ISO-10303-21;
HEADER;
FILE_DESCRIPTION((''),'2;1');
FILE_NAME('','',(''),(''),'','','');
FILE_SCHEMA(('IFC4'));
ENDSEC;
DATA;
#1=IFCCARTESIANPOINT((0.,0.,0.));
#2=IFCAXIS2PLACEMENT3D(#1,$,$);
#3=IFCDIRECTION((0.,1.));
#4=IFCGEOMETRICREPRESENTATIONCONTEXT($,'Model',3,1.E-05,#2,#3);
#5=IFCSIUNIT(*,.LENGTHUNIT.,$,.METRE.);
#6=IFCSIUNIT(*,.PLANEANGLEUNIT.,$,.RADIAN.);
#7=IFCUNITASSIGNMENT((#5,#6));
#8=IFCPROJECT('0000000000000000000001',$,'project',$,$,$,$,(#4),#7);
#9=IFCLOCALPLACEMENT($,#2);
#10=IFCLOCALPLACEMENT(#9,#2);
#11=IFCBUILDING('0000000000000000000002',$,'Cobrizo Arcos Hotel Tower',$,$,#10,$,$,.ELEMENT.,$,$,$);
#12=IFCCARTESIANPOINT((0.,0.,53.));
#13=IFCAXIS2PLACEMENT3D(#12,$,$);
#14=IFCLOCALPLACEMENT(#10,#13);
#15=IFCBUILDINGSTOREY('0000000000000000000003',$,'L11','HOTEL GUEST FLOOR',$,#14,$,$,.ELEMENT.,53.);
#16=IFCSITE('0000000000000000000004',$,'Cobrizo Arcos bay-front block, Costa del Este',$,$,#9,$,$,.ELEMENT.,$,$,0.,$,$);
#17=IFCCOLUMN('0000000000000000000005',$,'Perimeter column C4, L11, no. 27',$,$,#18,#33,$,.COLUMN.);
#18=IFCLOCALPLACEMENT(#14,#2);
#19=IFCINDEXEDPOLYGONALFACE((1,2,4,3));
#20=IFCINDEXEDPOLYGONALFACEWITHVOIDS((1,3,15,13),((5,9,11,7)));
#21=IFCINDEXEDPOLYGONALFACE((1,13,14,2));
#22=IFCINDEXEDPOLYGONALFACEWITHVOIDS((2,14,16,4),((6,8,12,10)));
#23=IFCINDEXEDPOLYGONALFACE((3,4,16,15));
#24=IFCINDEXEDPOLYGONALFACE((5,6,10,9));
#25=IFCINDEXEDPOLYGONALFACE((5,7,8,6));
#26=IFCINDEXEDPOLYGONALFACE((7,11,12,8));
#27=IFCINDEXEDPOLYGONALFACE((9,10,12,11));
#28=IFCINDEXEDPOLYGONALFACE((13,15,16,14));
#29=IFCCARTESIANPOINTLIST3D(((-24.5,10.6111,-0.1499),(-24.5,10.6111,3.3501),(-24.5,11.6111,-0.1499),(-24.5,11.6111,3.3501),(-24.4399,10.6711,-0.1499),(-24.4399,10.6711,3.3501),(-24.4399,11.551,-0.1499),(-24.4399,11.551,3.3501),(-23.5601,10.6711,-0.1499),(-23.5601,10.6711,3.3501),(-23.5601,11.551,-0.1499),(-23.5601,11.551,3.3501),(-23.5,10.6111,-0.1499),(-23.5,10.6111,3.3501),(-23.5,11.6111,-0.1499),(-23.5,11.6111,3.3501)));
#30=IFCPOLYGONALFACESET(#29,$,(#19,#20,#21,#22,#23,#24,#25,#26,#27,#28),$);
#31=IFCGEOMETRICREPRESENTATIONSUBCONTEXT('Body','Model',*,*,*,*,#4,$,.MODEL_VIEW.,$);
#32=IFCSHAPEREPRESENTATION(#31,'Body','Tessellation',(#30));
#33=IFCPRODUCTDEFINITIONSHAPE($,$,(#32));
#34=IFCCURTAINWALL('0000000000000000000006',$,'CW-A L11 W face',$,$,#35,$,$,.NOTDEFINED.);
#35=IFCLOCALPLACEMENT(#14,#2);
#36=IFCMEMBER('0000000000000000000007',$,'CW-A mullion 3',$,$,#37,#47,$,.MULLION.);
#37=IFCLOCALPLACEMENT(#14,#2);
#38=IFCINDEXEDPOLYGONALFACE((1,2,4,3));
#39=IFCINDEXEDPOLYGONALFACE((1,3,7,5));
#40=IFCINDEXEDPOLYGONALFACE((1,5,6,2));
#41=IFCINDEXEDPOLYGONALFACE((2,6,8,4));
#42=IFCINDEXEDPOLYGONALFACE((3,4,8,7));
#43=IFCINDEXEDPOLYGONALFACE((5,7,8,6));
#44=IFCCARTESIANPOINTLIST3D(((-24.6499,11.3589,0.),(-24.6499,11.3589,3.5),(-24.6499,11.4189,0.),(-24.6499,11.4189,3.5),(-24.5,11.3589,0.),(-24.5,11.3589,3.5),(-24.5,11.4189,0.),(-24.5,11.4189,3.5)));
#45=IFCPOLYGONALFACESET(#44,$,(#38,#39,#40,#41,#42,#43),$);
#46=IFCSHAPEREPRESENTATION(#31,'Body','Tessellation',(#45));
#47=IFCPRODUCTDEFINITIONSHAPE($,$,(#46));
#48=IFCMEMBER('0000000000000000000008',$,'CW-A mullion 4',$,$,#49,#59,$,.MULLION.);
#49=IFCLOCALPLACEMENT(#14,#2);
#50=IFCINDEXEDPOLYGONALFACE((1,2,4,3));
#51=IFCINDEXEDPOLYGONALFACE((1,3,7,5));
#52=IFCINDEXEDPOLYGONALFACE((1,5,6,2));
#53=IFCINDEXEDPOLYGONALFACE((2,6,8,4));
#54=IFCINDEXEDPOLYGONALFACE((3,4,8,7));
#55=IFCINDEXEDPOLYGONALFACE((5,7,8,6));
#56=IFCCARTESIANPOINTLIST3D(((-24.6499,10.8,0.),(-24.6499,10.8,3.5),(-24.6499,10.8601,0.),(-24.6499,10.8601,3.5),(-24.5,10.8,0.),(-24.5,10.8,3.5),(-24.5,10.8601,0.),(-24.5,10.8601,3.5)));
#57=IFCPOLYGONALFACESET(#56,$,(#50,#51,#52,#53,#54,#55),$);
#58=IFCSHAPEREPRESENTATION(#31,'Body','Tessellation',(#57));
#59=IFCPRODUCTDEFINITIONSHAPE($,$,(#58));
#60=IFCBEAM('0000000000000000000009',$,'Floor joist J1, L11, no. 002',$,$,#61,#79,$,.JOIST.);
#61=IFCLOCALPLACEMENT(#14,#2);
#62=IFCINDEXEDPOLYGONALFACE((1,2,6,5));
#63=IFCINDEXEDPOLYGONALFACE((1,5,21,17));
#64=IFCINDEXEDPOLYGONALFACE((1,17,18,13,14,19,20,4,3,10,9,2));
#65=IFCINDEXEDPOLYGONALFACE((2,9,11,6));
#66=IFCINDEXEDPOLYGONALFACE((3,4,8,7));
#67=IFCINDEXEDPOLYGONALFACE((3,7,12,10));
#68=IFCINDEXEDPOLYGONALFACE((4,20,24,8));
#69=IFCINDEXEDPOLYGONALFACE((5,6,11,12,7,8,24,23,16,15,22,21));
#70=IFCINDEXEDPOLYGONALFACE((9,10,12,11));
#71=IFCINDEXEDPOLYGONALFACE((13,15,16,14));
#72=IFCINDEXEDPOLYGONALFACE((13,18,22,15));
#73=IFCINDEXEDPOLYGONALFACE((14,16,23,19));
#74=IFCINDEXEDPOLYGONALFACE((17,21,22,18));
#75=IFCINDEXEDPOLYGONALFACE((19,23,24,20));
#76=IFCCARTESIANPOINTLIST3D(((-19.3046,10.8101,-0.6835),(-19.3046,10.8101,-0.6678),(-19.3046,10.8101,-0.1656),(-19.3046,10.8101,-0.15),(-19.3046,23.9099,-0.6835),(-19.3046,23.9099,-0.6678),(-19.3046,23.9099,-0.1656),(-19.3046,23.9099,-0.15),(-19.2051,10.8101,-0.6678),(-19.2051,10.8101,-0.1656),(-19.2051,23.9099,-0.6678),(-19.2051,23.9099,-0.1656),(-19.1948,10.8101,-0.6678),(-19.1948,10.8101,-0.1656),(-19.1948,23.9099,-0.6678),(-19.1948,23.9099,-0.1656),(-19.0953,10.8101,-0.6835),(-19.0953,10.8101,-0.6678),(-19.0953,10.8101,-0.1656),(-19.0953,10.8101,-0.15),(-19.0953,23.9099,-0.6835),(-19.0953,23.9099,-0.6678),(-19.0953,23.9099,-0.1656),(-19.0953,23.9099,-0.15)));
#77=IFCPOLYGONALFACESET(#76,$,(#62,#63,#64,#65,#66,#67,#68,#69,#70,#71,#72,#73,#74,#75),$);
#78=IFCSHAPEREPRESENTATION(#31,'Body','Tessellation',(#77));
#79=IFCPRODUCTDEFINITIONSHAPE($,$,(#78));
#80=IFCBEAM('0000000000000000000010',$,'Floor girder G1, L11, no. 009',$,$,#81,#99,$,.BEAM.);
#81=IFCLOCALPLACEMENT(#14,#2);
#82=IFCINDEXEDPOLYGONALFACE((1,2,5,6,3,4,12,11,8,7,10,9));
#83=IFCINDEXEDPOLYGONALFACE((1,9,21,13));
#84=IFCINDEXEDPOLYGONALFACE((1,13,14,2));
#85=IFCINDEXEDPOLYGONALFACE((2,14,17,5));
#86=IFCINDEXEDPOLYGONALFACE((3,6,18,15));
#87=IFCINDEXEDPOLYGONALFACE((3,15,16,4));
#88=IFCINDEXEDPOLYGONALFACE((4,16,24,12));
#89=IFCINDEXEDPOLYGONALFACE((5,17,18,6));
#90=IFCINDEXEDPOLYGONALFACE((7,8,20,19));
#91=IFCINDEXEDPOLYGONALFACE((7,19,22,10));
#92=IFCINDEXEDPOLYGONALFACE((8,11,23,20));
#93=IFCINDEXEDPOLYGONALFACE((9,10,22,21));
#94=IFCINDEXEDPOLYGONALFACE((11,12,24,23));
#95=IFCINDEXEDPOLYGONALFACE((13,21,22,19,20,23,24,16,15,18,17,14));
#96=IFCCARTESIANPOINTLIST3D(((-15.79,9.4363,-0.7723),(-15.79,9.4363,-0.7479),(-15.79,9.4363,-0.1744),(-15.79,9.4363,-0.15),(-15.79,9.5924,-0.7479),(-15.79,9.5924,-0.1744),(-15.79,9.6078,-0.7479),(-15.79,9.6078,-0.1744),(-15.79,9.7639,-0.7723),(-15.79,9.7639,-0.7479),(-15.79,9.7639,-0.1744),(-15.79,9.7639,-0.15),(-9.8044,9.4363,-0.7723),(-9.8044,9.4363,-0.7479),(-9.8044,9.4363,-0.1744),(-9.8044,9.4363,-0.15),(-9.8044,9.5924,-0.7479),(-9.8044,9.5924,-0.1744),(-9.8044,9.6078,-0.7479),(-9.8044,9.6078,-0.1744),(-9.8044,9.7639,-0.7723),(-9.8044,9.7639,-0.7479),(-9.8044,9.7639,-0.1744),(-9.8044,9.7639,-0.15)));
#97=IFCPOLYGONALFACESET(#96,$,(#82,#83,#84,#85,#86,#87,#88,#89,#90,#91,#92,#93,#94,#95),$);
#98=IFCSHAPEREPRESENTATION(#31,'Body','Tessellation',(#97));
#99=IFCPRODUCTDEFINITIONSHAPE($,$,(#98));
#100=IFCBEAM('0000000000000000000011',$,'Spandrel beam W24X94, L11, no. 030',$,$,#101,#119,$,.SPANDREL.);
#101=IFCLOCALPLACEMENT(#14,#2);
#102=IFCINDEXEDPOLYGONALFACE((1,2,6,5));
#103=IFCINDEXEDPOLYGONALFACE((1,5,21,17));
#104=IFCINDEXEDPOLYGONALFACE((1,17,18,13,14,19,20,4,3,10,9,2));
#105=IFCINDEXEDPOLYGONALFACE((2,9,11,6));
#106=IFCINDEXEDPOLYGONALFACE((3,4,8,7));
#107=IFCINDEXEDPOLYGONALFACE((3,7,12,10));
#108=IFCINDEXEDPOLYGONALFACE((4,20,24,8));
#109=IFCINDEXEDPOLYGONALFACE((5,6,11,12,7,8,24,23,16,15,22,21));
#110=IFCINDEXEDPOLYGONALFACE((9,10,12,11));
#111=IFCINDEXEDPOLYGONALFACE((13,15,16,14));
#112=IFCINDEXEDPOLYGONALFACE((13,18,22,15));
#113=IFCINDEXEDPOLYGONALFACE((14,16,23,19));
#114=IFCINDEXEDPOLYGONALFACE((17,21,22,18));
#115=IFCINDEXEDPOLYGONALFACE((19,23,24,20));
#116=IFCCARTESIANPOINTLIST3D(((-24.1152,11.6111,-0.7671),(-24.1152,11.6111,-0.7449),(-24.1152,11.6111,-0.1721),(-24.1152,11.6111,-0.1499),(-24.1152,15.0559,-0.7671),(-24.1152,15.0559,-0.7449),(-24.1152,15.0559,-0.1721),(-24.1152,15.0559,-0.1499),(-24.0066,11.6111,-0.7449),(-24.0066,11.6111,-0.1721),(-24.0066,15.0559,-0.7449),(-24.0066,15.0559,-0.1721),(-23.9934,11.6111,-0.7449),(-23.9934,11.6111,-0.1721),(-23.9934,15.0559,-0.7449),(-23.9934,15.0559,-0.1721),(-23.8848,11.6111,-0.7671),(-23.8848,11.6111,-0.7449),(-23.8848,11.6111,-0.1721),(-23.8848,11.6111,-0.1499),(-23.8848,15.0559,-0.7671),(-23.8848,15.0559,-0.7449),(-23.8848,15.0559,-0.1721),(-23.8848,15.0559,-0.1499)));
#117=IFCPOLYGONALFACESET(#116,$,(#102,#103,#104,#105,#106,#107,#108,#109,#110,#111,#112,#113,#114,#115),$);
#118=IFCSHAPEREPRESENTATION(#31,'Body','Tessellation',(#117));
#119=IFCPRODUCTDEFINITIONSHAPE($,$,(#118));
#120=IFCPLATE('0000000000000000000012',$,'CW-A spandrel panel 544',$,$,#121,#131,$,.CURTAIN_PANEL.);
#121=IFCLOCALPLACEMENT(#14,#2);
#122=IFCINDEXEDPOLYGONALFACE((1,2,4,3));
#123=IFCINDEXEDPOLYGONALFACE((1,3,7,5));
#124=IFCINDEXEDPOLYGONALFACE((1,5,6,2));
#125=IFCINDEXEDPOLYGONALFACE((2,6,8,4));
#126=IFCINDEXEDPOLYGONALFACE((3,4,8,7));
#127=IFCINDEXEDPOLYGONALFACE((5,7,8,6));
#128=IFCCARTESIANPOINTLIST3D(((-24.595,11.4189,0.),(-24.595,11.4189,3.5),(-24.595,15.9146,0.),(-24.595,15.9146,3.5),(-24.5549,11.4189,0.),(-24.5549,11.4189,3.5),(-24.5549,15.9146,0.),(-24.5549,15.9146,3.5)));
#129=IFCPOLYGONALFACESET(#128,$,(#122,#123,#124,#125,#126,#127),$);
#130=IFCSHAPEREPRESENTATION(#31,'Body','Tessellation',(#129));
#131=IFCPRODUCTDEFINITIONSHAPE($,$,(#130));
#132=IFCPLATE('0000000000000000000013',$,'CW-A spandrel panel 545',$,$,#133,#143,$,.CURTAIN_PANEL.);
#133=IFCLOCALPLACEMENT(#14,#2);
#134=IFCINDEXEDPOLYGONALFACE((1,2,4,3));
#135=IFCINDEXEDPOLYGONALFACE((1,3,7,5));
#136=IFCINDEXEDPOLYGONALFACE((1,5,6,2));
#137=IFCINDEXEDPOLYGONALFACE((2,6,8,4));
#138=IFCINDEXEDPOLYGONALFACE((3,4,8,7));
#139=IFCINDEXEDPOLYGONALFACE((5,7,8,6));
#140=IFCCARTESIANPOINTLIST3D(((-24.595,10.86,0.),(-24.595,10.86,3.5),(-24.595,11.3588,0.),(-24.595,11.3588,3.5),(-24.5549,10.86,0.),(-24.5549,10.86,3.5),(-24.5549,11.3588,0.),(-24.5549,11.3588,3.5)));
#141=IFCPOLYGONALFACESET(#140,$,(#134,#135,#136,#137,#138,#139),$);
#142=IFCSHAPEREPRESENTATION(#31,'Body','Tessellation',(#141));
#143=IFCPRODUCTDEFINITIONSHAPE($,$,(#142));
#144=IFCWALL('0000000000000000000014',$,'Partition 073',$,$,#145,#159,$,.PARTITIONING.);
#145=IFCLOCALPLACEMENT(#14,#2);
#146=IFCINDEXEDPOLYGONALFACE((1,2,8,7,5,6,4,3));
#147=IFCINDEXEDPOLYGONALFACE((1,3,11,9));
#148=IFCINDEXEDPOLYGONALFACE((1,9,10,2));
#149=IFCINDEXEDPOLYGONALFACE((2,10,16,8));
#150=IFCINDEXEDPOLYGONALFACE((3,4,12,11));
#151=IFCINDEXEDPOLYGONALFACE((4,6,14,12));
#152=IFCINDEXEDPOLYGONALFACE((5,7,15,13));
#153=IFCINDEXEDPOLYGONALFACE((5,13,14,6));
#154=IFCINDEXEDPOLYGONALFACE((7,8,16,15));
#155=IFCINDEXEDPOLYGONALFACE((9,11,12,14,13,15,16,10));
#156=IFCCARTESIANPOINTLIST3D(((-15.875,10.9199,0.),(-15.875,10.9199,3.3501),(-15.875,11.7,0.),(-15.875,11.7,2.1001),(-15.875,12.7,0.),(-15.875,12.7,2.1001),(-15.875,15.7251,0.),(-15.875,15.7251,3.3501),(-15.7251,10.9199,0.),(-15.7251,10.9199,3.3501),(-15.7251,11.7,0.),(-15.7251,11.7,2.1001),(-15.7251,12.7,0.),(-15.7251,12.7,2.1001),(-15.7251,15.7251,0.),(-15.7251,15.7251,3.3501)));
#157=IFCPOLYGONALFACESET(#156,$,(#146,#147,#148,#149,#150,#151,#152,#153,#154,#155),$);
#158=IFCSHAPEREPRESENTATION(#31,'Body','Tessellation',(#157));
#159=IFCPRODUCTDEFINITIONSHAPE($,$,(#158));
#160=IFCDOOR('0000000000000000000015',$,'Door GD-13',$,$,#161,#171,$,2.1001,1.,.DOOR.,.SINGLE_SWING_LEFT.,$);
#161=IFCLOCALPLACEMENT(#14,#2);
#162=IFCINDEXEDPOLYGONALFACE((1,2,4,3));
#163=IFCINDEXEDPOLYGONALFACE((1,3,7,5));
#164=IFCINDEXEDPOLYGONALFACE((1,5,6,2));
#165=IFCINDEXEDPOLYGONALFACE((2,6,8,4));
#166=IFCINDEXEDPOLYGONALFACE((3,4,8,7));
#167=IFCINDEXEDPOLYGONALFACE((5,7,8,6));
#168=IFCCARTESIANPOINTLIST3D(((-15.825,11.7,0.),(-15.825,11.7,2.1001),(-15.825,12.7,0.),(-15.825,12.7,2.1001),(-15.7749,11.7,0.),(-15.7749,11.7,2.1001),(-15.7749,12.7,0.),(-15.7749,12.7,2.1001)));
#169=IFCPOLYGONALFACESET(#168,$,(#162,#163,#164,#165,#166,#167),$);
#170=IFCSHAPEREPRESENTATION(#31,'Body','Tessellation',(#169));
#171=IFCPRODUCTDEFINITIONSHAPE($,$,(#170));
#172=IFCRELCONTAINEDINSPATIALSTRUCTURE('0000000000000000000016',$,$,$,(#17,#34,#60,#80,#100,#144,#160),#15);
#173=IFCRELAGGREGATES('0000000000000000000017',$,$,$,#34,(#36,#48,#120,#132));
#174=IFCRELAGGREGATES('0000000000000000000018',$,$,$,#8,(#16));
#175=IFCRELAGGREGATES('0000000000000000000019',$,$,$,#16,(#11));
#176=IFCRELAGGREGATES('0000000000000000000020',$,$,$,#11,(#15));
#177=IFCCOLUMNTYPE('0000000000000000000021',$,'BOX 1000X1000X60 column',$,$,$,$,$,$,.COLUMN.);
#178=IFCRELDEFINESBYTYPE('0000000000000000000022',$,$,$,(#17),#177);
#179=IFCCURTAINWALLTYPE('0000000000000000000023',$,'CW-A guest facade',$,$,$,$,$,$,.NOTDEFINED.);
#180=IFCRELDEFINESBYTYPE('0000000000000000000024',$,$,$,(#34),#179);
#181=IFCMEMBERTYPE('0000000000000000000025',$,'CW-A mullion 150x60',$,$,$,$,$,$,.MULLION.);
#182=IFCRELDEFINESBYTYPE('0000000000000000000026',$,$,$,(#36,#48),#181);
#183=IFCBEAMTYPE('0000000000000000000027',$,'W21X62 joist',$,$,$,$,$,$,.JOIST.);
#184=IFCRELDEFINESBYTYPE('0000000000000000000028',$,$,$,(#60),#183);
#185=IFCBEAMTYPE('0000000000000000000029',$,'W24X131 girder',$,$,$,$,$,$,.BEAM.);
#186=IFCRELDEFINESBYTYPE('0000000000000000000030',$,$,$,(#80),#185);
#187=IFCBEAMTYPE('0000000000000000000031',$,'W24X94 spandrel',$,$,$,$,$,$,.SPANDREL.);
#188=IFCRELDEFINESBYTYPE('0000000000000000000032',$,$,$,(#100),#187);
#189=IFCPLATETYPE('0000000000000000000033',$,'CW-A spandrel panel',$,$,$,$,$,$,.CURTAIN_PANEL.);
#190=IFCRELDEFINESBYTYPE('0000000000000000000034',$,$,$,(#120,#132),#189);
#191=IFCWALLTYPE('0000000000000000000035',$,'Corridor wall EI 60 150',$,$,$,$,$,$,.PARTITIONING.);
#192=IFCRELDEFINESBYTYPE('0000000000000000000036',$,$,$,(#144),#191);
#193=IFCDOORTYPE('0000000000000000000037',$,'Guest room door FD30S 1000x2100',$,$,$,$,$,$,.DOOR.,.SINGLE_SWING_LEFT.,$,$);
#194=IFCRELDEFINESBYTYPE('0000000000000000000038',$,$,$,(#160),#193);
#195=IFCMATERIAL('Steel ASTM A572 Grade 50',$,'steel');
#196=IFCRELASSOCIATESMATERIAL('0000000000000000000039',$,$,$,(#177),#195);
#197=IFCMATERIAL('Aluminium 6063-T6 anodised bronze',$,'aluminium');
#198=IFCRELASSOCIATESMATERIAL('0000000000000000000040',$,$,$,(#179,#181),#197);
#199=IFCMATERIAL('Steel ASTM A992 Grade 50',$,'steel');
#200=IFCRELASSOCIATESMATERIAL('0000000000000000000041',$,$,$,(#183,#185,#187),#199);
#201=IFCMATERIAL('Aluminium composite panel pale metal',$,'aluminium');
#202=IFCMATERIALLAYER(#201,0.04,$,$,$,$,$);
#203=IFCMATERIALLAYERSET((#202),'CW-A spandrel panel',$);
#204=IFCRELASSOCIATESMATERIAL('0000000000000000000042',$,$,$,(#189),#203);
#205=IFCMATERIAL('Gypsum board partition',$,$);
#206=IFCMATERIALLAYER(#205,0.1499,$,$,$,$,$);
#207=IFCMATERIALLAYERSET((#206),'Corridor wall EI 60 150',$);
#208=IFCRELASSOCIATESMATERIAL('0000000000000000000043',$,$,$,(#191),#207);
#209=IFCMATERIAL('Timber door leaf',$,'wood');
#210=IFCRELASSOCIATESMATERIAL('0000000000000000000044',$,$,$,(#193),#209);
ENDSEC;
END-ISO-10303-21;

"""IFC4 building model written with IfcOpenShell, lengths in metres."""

from ifc_helpers import new_model, si_unit, direction, frame, frame_2d, origin, origin_2d, place, context, subcontext, project, spatial, rectangle, hollow_rectangle, i_section, extrude, material, layer, layer_set, material_profile, profile_set, type_object, element, fill, aggregate, save


model = new_model("IFC4")

# Units and contexts
model_context = context("Model", 3, precision=1e-05, world=origin(), true_north=direction((0.0, 1.0)))
body_context = subcontext(model_context, "Body", "Model", "MODEL_VIEW")
ifc_project = project(units=[si_unit("LENGTHUNIT", "METRE"), si_unit("PLANEANGLEUNIT", "RADIAN")], contexts=[model_context])

# Site, building, storey
site_placement = place(None, origin())
site = spatial("IfcSite", under=ifc_project, at=site_placement, Name="Cobrizo Arcos bay-front block, Costa del Este", CompositionType="ELEMENT", RefElevation=0.0)
building_placement = place(site_placement, origin())
building = spatial("IfcBuilding", under=site, at=building_placement, Name="Cobrizo Arcos Hotel Tower", CompositionType="ELEMENT")
storey_placement = place(building_placement, frame((0.0, 0.0, 53.0)))
storey = spatial("IfcBuildingStorey", under=building, at=storey_placement, Name="L11", Description="HOTEL GUEST FLOOR", CompositionType="ELEMENT", Elevation=53.0)

# Column
ifc_material_1 = material(Name="Steel ASTM A572 Grade 50", Category="steel")
ifc_material_profile_1 = material_profile(ifc_material_1, hollow_rectangle(XDim=1.0, YDim=1.0, WallThickness=0.0601, at=origin_2d()), Name="BOX 1000X1000X60")
ifc_profile_set_1 = profile_set([ifc_material_profile_1], Name="Steel ASTM A572 Grade 50")
column_type = type_object("IfcColumnType", Name="BOX 1000X1000X60 column", PredefinedType="COLUMN", material=ifc_profile_set_1)
column_placement = place(storey_placement, frame((-24.0, 11.1111, -0.1499), z_axis=(0.0, 0.0, 1.0), x_axis=(1.0, 0.0, 0.0)))
element("IfcColumn", 1, at=column_placement, inside=storey, type_object=column_type, Name="Perimeter column C4, L11, no. 27", PredefinedType="COLUMN", context=body_context, shape_type="SweptSolid", body=[
    extrude(hollow_rectangle(XDim=1.0, YDim=1.0, WallThickness=0.0601, at=origin_2d()), origin(), (0.0, 0.0, 1.0), 3.5),
])

# Curtain wall, members
ifc_material_2 = material(Name="Aluminium 6063-T6 anodised bronze", Category="aluminium")
curtain_wall_type = type_object("IfcCurtainWallType", Name="CW-A guest facade", PredefinedType="NOTDEFINED", material=ifc_material_2)
curtain_wall_placement = place(storey_placement, origin())
curtain_wall = element("IfcCurtainWall", 2, at=curtain_wall_placement, inside=storey, type_object=curtain_wall_type, Name="CW-A L11 W face", PredefinedType="NOTDEFINED")
ifc_material_profile_2 = material_profile(ifc_material_2, rectangle(XDim=0.1499, YDim=0.0601, at=origin_2d()), Name="CW-A mullion 150x60")
ifc_profile_set_2 = profile_set([ifc_material_profile_2], Name="Aluminium 6063-T6 anodised bronze")
member_type = type_object("IfcMemberType", Name="CW-A mullion 150x60", PredefinedType="MULLION", material=ifc_profile_set_2)
member_1_placement = place(storey_placement, frame((-24.575, 11.3889, 0.0), z_axis=(0.0, 0.0, 1.0), x_axis=(-1.0, 0.0, 0.0)))
member_1 = element("IfcMember", 3, at=member_1_placement, type_object=member_type, Name="CW-A mullion 3", PredefinedType="MULLION", context=body_context, shape_type="SweptSolid", body=[
    extrude(rectangle(XDim=0.1499, YDim=0.0601, at=origin_2d()), origin(), (0.0, 0.0, 1.0), 3.5),
])
member_2_placement = place(storey_placement, frame((-24.575, 10.8301, 0.0), z_axis=(0.0, 0.0, 1.0), x_axis=(-1.0, 0.0, 0.0)))
member_2 = element("IfcMember", 4, at=member_2_placement, type_object=member_type, Name="CW-A mullion 4", PredefinedType="MULLION", context=body_context, shape_type="SweptSolid", body=[
    extrude(rectangle(XDim=0.1499, YDim=0.0601, at=origin_2d()), origin(), (0.0, 0.0, 1.0), 3.5),
])

# Beams
ifc_material_3 = material(Name="Steel ASTM A992 Grade 50", Category="steel")
ifc_material_profile_3 = material_profile(ifc_material_3, i_section(OverallWidth=0.2092, OverallDepth=0.5334, WebThickness=0.0103, FlangeThickness=0.0156, at=origin_2d()), Name="W21X62")
ifc_profile_set_3 = profile_set([ifc_material_profile_3], Name="Steel ASTM A992 Grade 50")
beam_type_1 = type_object("IfcBeamType", Name="W21X62 joist", PredefinedType="JOIST", material=ifc_profile_set_3)
beam_1_placement = place(storey_placement, frame((-19.2, 10.8101, -0.4167), z_axis=(0.0, 1.0, 0.0), x_axis=(-1.0, 0.0, 0.0)))
element("IfcBeam", 5, at=beam_1_placement, inside=storey, type_object=beam_type_1, Name="Floor joist J1, L11, no. 002", PredefinedType="JOIST", context=body_context, shape_type="SweptSolid", body=[
    extrude(i_section(OverallWidth=0.2092, OverallDepth=0.5334, WebThickness=0.0103, FlangeThickness=0.0156, at=origin_2d()), origin(), (0.0, 0.0, 1.0), 13.0999),
])
ifc_material_profile_4 = material_profile(ifc_material_3, i_section(OverallWidth=0.3276, OverallDepth=0.6223, WebThickness=0.0154, FlangeThickness=0.0244, at=origin_2d()), Name="W24X131")
ifc_profile_set_4 = profile_set([ifc_material_profile_4], Name="Steel ASTM A992 Grade 50")
beam_type_2 = type_object("IfcBeamType", Name="W24X131 girder", PredefinedType="BEAM", material=ifc_profile_set_4)
beam_2_placement = place(storey_placement, frame((-15.79, 9.6001, -0.4612), z_axis=(1.0, 0.0, 0.0), x_axis=(0.0, 1.0, 0.0)))
element("IfcBeam", 6, at=beam_2_placement, inside=storey, type_object=beam_type_2, Name="Floor girder G1, L11, no. 009", PredefinedType="BEAM", context=body_context, shape_type="SweptSolid", body=[
    extrude(i_section(OverallWidth=0.3276, OverallDepth=0.6223, WebThickness=0.0154, FlangeThickness=0.0244, at=origin_2d()), origin(), (0.0, 0.0, 1.0), 5.9856),
])
ifc_material_profile_5 = material_profile(ifc_material_3, i_section(OverallWidth=0.2305, OverallDepth=0.6172, WebThickness=0.0132, FlangeThickness=0.0222, at=origin_2d()), Name="W24X94")
ifc_profile_set_5 = profile_set([ifc_material_profile_5], Name="Steel ASTM A992 Grade 50")
beam_type_3 = type_object("IfcBeamType", Name="W24X94 spandrel", PredefinedType="SPANDREL", material=ifc_profile_set_5)
beam_3_placement = place(storey_placement, frame((-24.0, 15.0559, -0.4585), z_axis=(0.0, -1.0, 0.0), x_axis=(1.0, 0.0, 0.0)))
element("IfcBeam", 7, at=beam_3_placement, inside=storey, type_object=beam_type_3, Name="Spandrel beam W24X94, L11, no. 030", PredefinedType="SPANDREL", context=body_context, shape_type="SweptSolid", body=[
    extrude(i_section(OverallWidth=0.2305, OverallDepth=0.6172, WebThickness=0.0132, FlangeThickness=0.0222, at=origin_2d()), origin(), (0.0, 0.0, 1.0), 3.4448),
])

# Plates
ifc_material_4 = material(Name="Aluminium composite panel pale metal", Category="aluminium")
ifc_layer_1 = layer(ifc_material_4, 0.04)
ifc_layer_set_1 = layer_set([ifc_layer_1], Name="CW-A spandrel panel")
plate_type = type_object("IfcPlateType", Name="CW-A spandrel panel", PredefinedType="CURTAIN_PANEL", material=ifc_layer_set_1)
plate_1_placement = place(storey_placement, frame((-24.575, 13.6667, 0.0), z_axis=(0.0, 0.0, 1.0), x_axis=(0.0, -1.0, 0.0)))
plate_1 = element("IfcPlate", 8, at=plate_1_placement, type_object=plate_type, Name="CW-A spandrel panel 544", PredefinedType="CURTAIN_PANEL", context=body_context, shape_type="SweptSolid", body=[
    extrude(rectangle(XDim=4.4956, YDim=0.04, at=origin_2d()), origin(), (0.0, 0.0, 1.0), 3.5),
])
plate_2_placement = place(storey_placement, frame((-24.575, 11.1094, 0.0), z_axis=(0.0, 0.0, 1.0), x_axis=(0.0, -1.0, 0.0)))
plate_2 = element("IfcPlate", 9, at=plate_2_placement, type_object=plate_type, Name="CW-A spandrel panel 545", PredefinedType="CURTAIN_PANEL", context=body_context, shape_type="SweptSolid", body=[
    extrude(rectangle(XDim=0.4988, YDim=0.04, at=origin_2d()), origin(), (0.0, 0.0, 1.0), 3.5),
])
aggregate(curtain_wall, [member_1, member_2, plate_1, plate_2])

# Wall, opening, door
ifc_material_5 = material(Name="Gypsum board partition")
ifc_layer_2 = layer(ifc_material_5, 0.1499)
ifc_layer_set_2 = layer_set([ifc_layer_2], Name="Corridor wall EI 60 150")
wall_type_1 = type_object("IfcWallType", Name="Corridor wall EI 60 150", PredefinedType="PARTITIONING", material=ifc_layer_set_2)
wall_1_placement = place(storey_placement, frame((-15.8, 10.9199, 0.0), z_axis=(0.0, 0.0, 1.0), x_axis=(0.0, 1.0, 0.0)))
wall_1 = element("IfcWall", 10, at=wall_1_placement, inside=storey, type_object=wall_type_1, Name="Partition 073", PredefinedType="PARTITIONING", context=body_context, shape_type="SweptSolid", body=[
    extrude(rectangle(XDim=4.8052, YDim=0.1499, at=frame_2d((2.4026, 0.0))), origin(), (0.0, 0.0, 1.0), 3.3501),
])
opening_1_placement = place(wall_1_placement, frame((0.78, 0.0, 0.0)))
opening_1 = element("IfcOpeningElement", 11, at=opening_1_placement, cuts=wall_1, PredefinedType="OPENING", context=body_context, shape_type="SweptSolid", body=[
    extrude(rectangle(XDim=1.0, YDim=2.1001, at=frame_2d((0.5, 1.05))), frame((0.0, 0.0869, 0.0), z_axis=(0.0, -1.0, 0.0), x_axis=(1.0, 0.0, 0.0)), (0.0, 0.0, 1.0), 0.1738),
])
ifc_material_6 = material(Name="Timber door leaf", Category="wood")
door_type_1 = type_object("IfcDoorType", Name="Guest room door FD30S 1000x2100", OperationType="SINGLE_SWING_LEFT", PredefinedType="DOOR", material=ifc_material_6)
door_1_placement = place(opening_1_placement, origin())
door_1 = element("IfcDoor", 12, at=door_1_placement, inside=storey, type_object=door_type_1, Name="Door GD-13", OperationType="SINGLE_SWING_LEFT", OverallHeight=2.1001, OverallWidth=1.0, PredefinedType="DOOR", context=body_context, shape_type="SweptSolid", body=[
    extrude(rectangle(XDim=1.0, YDim=2.1001, at=frame_2d((0.5, 1.05))), frame((0.0, 0.0249, 0.0), z_axis=(0.0, -1.0, 0.0), x_axis=(1.0, 0.0, 0.0)), (0.0, 0.0, 1.0), 0.05),
])
fill(opening_1, door_1)

save(model, "model.ifc")
